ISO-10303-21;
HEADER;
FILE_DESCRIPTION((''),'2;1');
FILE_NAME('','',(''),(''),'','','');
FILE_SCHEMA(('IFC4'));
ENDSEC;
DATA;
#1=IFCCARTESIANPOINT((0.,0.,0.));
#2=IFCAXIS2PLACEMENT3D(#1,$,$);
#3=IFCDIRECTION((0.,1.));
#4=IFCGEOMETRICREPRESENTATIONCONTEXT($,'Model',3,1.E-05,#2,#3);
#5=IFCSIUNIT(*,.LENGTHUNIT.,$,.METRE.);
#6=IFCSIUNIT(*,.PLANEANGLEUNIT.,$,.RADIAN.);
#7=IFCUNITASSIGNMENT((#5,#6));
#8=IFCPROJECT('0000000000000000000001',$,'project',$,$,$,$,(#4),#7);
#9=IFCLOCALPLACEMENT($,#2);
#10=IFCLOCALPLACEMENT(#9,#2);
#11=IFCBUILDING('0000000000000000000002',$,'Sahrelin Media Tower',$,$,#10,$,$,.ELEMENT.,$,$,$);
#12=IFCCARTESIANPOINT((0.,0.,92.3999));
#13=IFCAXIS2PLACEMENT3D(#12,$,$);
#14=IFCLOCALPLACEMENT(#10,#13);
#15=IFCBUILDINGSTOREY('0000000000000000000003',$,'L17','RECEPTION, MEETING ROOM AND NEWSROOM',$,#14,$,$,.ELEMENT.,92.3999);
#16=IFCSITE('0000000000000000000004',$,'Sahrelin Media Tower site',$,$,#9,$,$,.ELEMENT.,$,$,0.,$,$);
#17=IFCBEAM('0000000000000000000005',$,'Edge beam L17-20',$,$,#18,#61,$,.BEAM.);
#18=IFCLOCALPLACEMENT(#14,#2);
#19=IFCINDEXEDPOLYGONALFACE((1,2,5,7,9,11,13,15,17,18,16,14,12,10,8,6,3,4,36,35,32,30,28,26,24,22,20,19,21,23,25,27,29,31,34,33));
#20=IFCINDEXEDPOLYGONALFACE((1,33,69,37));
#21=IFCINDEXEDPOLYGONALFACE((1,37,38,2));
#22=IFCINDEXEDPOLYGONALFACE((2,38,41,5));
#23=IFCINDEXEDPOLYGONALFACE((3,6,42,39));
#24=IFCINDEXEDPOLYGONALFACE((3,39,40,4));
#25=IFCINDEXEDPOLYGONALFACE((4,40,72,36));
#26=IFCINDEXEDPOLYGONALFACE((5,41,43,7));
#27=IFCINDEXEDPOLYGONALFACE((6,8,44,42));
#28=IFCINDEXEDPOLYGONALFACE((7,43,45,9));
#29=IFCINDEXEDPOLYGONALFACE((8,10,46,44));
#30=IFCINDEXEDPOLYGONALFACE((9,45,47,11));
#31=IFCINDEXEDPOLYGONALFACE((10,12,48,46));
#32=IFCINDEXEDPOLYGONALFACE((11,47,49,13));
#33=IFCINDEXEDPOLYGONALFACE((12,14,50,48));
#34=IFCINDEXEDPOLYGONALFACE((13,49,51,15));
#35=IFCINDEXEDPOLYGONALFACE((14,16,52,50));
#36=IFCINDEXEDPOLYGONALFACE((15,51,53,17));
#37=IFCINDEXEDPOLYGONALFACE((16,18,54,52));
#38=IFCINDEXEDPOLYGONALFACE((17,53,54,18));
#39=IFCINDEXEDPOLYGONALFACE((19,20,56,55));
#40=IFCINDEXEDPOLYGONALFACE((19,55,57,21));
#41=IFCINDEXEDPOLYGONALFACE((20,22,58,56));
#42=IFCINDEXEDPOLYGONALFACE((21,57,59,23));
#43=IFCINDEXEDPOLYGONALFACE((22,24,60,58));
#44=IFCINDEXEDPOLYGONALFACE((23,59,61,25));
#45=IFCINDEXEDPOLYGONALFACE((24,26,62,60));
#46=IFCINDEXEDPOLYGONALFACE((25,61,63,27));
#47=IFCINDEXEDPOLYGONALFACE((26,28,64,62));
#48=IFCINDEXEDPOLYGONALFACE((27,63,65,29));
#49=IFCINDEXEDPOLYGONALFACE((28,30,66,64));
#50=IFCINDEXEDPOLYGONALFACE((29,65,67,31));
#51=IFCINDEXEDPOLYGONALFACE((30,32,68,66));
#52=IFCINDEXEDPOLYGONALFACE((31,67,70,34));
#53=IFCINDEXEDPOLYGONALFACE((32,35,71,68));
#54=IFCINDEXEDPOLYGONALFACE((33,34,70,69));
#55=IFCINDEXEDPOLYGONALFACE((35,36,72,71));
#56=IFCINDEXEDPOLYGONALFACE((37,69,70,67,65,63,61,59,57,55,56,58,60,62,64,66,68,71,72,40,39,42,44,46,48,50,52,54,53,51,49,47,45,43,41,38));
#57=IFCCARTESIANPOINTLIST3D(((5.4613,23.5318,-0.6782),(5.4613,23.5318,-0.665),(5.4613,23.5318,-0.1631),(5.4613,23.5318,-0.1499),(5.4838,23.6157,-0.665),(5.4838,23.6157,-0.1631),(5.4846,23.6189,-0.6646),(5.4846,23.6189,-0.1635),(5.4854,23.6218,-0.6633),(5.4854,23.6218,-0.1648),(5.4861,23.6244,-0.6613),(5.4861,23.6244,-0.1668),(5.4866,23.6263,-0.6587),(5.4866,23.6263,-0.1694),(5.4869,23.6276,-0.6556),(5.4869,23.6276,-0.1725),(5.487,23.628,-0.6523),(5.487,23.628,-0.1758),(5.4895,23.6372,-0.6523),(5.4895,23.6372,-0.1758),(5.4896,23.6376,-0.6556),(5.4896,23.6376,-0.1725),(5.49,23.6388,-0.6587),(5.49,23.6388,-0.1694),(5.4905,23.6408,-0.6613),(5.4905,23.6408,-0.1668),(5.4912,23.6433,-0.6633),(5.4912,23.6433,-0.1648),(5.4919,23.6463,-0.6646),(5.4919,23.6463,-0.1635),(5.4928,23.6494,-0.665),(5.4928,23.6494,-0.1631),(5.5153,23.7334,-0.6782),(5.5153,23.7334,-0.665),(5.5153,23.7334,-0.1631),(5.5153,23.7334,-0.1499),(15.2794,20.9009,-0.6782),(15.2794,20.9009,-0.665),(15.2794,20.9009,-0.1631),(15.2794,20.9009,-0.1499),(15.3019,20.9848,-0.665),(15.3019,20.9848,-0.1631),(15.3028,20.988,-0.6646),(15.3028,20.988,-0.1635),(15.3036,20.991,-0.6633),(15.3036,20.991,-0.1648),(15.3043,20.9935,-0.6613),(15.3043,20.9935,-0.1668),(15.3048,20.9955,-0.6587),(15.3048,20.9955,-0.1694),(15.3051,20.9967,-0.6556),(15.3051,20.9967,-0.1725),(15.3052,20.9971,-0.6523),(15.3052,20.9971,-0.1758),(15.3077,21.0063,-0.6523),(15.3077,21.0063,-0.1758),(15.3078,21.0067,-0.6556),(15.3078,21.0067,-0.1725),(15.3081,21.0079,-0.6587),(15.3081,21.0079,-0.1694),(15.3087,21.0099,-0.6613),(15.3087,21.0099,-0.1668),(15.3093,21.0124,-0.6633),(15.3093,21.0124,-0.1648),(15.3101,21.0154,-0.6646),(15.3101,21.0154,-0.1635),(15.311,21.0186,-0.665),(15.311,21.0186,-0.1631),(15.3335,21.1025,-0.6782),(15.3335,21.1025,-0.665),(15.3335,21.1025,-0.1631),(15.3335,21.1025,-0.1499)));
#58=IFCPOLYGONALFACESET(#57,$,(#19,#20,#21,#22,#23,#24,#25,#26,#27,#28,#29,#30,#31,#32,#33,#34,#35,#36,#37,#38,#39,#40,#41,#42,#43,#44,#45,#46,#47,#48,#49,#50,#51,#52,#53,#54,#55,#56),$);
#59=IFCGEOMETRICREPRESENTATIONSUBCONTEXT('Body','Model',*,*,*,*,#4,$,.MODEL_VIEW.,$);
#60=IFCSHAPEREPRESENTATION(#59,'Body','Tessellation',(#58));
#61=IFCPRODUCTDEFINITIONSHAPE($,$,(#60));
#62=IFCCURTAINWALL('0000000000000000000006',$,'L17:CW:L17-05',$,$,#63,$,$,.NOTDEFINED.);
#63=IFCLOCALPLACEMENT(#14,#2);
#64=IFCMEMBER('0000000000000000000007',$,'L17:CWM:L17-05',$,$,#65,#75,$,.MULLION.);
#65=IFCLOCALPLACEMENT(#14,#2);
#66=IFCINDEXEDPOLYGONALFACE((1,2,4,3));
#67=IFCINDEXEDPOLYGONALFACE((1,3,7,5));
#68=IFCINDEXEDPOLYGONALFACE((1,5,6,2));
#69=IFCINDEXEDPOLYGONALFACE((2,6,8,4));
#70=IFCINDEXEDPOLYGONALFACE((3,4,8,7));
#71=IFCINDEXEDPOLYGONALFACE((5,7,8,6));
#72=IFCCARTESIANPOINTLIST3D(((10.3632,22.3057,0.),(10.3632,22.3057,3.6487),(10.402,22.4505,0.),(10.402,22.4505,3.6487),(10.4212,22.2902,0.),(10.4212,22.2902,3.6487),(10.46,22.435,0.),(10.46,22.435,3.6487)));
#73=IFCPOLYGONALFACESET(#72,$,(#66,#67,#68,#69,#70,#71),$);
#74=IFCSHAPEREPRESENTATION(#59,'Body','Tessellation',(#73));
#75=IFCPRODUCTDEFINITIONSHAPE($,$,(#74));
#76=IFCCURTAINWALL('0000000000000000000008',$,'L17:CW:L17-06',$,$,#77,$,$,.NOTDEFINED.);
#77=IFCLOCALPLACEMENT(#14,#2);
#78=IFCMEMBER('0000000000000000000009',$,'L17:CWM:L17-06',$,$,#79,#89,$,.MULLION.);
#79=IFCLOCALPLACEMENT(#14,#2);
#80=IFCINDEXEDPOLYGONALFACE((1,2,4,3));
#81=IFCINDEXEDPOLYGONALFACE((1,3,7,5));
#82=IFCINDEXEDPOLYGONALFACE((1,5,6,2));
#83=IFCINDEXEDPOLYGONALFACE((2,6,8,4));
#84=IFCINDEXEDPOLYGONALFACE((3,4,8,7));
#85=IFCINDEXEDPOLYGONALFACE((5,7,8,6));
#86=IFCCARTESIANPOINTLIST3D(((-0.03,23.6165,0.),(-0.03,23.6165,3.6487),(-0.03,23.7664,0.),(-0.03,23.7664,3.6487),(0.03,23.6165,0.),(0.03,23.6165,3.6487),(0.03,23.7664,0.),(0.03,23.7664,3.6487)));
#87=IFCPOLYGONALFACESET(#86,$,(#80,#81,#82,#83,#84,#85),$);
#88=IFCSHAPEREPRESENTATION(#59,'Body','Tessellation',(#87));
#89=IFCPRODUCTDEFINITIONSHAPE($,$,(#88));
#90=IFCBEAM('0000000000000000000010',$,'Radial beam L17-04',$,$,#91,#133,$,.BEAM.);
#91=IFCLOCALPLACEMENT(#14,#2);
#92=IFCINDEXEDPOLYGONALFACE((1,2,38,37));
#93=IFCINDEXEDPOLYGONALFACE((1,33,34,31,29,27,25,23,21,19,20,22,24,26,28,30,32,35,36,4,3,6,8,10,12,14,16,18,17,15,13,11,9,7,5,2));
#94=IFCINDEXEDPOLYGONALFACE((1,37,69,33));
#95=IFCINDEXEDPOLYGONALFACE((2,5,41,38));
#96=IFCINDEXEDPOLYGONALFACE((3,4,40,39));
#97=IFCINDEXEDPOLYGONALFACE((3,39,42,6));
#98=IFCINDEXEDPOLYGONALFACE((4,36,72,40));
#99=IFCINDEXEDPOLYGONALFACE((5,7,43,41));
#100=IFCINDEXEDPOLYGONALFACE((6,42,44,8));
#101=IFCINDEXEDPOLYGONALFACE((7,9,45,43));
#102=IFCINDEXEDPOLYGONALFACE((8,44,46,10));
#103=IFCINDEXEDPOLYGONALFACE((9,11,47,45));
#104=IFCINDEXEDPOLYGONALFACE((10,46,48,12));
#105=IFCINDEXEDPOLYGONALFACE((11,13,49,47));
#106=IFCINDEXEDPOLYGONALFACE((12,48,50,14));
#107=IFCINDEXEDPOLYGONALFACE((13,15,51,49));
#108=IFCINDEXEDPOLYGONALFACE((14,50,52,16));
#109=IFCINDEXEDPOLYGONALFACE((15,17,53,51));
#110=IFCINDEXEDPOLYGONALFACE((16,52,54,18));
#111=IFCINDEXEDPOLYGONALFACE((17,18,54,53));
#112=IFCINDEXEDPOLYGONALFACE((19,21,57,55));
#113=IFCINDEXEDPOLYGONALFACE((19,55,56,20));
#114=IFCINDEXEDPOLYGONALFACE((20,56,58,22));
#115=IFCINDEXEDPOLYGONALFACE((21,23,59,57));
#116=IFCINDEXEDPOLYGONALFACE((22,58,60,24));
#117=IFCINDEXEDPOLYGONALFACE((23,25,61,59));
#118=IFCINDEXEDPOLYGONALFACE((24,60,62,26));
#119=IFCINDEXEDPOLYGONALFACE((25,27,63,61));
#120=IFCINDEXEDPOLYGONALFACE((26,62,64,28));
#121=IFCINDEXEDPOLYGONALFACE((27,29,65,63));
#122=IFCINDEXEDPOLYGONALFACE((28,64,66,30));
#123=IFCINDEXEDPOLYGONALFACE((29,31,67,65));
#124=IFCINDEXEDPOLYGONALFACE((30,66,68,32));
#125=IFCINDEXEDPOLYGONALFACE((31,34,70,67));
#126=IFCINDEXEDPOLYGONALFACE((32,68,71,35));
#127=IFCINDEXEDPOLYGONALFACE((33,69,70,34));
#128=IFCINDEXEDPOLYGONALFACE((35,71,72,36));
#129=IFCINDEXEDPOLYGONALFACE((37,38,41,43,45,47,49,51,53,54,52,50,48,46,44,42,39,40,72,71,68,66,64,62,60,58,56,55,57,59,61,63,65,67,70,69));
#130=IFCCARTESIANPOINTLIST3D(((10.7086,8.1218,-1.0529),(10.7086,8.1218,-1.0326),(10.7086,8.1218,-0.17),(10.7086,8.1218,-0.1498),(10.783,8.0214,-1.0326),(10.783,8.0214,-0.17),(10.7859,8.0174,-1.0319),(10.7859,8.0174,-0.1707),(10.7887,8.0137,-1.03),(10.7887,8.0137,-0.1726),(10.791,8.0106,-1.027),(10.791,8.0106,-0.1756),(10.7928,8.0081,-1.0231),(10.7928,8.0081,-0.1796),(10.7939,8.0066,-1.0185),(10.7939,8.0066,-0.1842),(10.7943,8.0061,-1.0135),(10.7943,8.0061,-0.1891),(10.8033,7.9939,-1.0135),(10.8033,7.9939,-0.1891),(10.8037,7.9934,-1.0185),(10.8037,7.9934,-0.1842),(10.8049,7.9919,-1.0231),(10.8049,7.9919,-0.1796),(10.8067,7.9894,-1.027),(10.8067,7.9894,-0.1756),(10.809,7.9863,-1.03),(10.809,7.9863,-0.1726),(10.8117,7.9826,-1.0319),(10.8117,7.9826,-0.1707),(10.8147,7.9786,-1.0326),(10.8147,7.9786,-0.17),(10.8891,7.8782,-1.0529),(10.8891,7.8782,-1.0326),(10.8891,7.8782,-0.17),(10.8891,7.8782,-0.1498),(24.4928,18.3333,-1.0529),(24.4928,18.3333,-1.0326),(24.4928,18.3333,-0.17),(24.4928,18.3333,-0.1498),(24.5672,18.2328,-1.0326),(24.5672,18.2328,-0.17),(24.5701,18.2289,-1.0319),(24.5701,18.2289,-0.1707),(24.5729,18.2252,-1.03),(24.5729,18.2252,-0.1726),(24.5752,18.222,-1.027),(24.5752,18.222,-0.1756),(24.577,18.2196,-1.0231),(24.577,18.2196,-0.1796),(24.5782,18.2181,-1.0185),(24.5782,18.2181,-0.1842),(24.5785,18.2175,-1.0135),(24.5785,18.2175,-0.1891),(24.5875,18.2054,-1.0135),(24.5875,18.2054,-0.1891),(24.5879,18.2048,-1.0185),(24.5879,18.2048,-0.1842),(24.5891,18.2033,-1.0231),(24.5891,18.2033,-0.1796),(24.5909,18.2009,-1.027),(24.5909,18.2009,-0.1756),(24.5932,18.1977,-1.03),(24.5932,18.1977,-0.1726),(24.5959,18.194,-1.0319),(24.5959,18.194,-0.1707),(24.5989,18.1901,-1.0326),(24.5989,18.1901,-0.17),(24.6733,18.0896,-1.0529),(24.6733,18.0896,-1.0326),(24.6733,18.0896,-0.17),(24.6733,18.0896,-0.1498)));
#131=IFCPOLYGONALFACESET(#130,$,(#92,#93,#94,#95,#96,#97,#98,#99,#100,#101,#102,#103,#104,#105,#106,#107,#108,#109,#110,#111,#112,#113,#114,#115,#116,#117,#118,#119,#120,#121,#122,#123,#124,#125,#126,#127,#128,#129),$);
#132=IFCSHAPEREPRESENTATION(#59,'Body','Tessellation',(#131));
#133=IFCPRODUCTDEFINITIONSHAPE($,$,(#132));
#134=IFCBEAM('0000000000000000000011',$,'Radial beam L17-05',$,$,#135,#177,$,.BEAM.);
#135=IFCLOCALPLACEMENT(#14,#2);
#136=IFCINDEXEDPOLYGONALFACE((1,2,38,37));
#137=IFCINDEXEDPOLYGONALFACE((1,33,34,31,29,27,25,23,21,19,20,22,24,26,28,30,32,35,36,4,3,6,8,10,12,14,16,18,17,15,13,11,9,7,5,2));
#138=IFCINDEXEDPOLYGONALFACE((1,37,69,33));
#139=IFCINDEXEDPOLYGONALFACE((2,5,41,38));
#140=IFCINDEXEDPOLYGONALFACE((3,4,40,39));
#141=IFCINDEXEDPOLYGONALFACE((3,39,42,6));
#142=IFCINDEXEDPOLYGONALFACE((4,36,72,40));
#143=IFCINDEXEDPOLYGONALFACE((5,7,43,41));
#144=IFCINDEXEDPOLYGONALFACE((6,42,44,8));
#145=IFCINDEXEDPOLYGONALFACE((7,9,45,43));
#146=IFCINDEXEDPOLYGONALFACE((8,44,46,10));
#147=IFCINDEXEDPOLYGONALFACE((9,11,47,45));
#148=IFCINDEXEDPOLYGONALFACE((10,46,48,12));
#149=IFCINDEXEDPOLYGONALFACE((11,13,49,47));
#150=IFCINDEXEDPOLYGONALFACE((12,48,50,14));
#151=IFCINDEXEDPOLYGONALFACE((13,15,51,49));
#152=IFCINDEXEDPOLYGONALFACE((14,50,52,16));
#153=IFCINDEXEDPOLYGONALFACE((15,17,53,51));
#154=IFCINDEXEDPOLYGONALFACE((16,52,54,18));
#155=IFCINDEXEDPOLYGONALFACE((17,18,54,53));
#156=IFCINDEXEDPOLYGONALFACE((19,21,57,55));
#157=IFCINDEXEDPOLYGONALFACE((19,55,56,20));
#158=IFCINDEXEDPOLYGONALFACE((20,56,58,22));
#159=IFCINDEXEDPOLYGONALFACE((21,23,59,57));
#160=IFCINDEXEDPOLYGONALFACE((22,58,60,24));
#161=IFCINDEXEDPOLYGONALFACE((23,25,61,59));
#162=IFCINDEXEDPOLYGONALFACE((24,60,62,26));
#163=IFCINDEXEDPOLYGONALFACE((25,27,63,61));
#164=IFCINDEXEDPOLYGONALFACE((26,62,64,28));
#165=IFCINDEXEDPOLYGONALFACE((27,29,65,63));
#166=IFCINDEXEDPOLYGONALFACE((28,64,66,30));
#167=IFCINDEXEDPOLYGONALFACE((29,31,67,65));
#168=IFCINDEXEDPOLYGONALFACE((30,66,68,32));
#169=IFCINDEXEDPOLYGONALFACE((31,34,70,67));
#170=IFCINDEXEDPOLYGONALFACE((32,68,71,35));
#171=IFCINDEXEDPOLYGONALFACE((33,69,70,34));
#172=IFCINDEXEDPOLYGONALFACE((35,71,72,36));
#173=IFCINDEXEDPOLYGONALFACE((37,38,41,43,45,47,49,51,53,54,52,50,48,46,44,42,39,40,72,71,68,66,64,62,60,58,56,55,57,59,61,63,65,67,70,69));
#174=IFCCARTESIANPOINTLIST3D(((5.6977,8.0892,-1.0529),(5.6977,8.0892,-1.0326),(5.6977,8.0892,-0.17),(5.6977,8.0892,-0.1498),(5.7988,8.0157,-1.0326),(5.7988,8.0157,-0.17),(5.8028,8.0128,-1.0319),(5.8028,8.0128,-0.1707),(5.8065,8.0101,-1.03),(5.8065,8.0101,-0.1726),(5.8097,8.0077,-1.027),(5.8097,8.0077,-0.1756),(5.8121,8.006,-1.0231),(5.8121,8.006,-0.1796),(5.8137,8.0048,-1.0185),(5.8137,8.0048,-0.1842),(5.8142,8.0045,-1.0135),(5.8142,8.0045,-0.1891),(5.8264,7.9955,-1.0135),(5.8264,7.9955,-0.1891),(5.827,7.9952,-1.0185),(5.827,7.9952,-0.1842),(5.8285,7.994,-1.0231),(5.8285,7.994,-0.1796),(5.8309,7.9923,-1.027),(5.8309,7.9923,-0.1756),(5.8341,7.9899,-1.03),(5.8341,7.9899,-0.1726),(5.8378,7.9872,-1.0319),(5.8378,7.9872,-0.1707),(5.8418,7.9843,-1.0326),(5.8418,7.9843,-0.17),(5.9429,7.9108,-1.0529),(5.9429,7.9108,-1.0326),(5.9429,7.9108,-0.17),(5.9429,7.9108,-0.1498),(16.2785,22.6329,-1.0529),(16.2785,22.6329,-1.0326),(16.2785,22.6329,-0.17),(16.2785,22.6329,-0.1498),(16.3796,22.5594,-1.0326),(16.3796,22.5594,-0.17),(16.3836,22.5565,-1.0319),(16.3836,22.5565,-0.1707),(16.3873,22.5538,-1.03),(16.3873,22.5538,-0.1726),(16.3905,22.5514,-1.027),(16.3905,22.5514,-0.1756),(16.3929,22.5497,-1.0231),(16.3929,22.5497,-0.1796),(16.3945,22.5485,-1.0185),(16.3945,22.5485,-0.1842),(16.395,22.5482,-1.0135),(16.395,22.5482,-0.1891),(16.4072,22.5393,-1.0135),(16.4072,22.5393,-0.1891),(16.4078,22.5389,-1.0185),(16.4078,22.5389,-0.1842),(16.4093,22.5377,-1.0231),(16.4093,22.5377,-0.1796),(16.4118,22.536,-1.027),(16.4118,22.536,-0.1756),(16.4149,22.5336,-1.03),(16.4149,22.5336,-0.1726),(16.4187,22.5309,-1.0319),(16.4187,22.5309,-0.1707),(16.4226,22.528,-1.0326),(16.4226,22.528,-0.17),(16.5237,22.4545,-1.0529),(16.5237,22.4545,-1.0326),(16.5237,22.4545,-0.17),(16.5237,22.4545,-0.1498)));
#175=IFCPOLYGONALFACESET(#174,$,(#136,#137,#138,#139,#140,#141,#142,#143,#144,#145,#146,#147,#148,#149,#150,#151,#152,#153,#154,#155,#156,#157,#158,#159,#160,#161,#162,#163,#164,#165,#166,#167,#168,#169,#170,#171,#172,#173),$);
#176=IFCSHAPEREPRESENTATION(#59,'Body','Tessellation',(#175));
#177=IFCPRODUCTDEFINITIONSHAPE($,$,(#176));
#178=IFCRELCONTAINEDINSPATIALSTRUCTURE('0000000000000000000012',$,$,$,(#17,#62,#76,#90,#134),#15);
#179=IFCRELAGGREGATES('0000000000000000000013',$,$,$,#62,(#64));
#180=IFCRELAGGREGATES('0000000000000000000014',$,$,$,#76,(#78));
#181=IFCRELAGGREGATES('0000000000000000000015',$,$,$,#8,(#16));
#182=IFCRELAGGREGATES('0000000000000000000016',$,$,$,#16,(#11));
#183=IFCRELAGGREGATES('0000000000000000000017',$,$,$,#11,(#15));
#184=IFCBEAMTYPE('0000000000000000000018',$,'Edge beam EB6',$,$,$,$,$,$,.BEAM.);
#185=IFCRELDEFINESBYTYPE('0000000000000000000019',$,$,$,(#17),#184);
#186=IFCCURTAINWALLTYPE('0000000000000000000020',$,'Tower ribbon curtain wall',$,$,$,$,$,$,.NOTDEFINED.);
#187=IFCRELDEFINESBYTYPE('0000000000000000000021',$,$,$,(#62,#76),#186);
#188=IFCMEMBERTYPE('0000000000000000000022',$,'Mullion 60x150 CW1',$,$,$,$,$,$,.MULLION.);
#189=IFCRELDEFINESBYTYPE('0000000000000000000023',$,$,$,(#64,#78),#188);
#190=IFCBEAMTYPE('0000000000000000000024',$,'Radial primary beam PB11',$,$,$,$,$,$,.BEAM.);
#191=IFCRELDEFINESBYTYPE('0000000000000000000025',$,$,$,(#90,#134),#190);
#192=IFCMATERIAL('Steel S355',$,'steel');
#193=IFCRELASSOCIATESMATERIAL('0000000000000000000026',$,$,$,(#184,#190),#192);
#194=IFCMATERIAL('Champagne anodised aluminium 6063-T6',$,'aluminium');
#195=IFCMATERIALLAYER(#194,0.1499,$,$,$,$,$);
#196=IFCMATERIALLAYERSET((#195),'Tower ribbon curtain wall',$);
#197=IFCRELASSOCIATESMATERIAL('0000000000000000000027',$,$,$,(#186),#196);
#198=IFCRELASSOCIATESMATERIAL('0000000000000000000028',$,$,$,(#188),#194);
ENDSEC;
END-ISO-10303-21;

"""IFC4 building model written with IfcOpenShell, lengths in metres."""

from ifc_helpers import new_model, si_unit, direction, frame, origin, origin_2d, place, context, subcontext, project, spatial, rectangle, i_section, extrude, material, layer, layer_set, material_profile, profile_set, type_object, element, aggregate, save


model = new_model("IFC4")

# Units and contexts
model_context = context("Model", 3, precision=1e-05, world=origin(), true_north=direction((0.0, 1.0)))
body_context = subcontext(model_context, "Body", "Model", "MODEL_VIEW")
ifc_project = project(units=[si_unit("LENGTHUNIT", "METRE"), si_unit("PLANEANGLEUNIT", "RADIAN")], contexts=[model_context])

# Site, building, storey
site_placement = place(None, origin())
site = spatial("IfcSite", under=ifc_project, at=site_placement, Name="Sahrelin Media Tower site", CompositionType="ELEMENT", RefElevation=0.0)
building_placement = place(site_placement, origin())
building = spatial("IfcBuilding", under=site, at=building_placement, Name="Sahrelin Media Tower", CompositionType="ELEMENT")
storey_placement = place(building_placement, frame((0.0, 0.0, 92.3999)))
storey = spatial("IfcBuildingStorey", under=building, at=storey_placement, Name="L17", Description="RECEPTION, MEETING ROOM AND NEWSROOM", CompositionType="ELEMENT", Elevation=92.3999)

# Beam
ifc_material_1 = material(Name="Steel S355", Category="steel")
ifc_material_profile_1 = material_profile(ifc_material_1, i_section(OverallWidth=0.2087, OverallDepth=0.5283, WebThickness=0.0095, FlangeThickness=0.0132, FilletRadius=0.0127, at=origin_2d()), Name="UB 533x210x82")
ifc_profile_set_1 = profile_set([ifc_material_profile_1], Name="Steel S355")
beam_type_1 = type_object("IfcBeamType", Name="Edge beam EB6", PredefinedType="BEAM", material=ifc_profile_set_1)
beam_1_placement = place(storey_placement, frame((5.4883, 23.6326, -0.4141), z_axis=(0.965923, -0.258829, 0.0), x_axis=(0.258829, 0.965923, 0.0)))
element("IfcBeam", 1, at=beam_1_placement, inside=storey, type_object=beam_type_1, Name="Edge beam L17-20", PredefinedType="BEAM", context=body_context, shape_type="SweptSolid", body=[
    extrude(i_section(OverallWidth=0.2087, OverallDepth=0.5283, WebThickness=0.0095, FlangeThickness=0.0132, FilletRadius=0.0127, at=origin_2d()), origin(), (0.0, 0.0, 1.0), 10.1646),
])

# Curtain walls, members
ifc_material_2 = material(Name="Champagne anodised aluminium 6063-T6", Category="aluminium")
ifc_layer_1 = layer(ifc_material_2, 0.1499)
ifc_layer_set_1 = layer_set([ifc_layer_1], Name="Tower ribbon curtain wall")
curtain_wall_type = type_object("IfcCurtainWallType", Name="Tower ribbon curtain wall", PredefinedType="NOTDEFINED", material=ifc_layer_set_1)
curtain_wall_1_placement = place(storey_placement, frame((10.4363, 22.4619, 0.0), z_axis=(0.0, 0.0, 1.0), x_axis=(1.0, 0.0, 0.0)))
curtain_wall_1 = element("IfcCurtainWall", 2, at=curtain_wall_1_placement, inside=storey, type_object=curtain_wall_type, Name="L17:CW:L17-05", PredefinedType="NOTDEFINED")
ifc_material_profile_2 = material_profile(ifc_material_2, rectangle(XDim=0.0601, YDim=0.1499, at=origin_2d()), Name="Mullion 60x150")
ifc_profile_set_2 = profile_set([ifc_material_profile_2], Name="Champagne anodised aluminium 6063-T6")
member_type_1 = type_object("IfcMemberType", Name="Mullion 60x150 CW1", PredefinedType="MULLION", material=ifc_profile_set_2)
member_1_placement = place(storey_placement, frame((10.4116, 22.3704, 0.0), z_axis=(0.0, 0.0, 1.0), x_axis=(-0.965926, 0.258817, 0.0)))
member_1 = element("IfcMember", 3, at=member_1_placement, type_object=member_type_1, Name="L17:CWM:L17-05", PredefinedType="MULLION", context=body_context, shape_type="SweptSolid", body=[
    extrude(rectangle(XDim=0.0601, YDim=0.1499, at=origin_2d()), origin(), (0.0, 0.0, 1.0), 3.6487),
])
aggregate(curtain_wall_1, [member_1])
placement_1 = place(storey_placement, frame((0.0, 23.7864, 0.0), z_axis=(0.0, 0.0, 1.0), x_axis=(1.0, 0.0, 0.0)))
curtain_wall_2 = element("IfcCurtainWall", 4, at=placement_1, inside=storey, type_object=curtain_wall_type, Name="L17:CW:L17-06", PredefinedType="NOTDEFINED")
member_2_placement = place(storey_placement, frame((0.0, 23.6914, 0.0), z_axis=(0.0, 0.0, 1.0), x_axis=(-1.0, 0.0, 0.0)))
member_2 = element("IfcMember", 5, at=member_2_placement, type_object=member_type_1, Name="L17:CWM:L17-06", PredefinedType="MULLION", context=body_context, shape_type="SweptSolid", body=[
    extrude(rectangle(XDim=0.0601, YDim=0.1499, at=origin_2d()), origin(), (0.0, 0.0, 1.0), 3.6487),
])

# Beams
ifc_material_profile_3 = material_profile(ifc_material_1, i_section(OverallWidth=0.3032, OverallDepth=0.9031, WebThickness=0.0151, FlangeThickness=0.0203, FilletRadius=0.019, at=origin_2d()), Name="UB 914x305x201")
ifc_profile_set_3 = profile_set([ifc_material_profile_3], Name="Steel S355")
beam_type_2 = type_object("IfcBeamType", Name="Radial primary beam PB11", PredefinedType="BEAM", material=ifc_profile_set_3)
beam_2_placement = place(storey_placement, frame((10.7988, 8.0, -0.6013), z_axis=(0.803531, 0.595262, 0.0), x_axis=(-0.595262, 0.803531, 0.0)))
element("IfcBeam", 6, at=beam_2_placement, inside=storey, type_object=beam_type_2, Name="Radial beam L17-04", PredefinedType="BEAM", context=body_context, shape_type="SweptSolid", body=[
    extrude(i_section(OverallWidth=0.3032, OverallDepth=0.9031, WebThickness=0.0151, FlangeThickness=0.0203, FilletRadius=0.019, at=origin_2d()), origin(), (0.0, 0.0, 1.0), 17.1545),
])
beam_3_placement = place(storey_placement, frame((5.8203, 8.0, -0.6013), z_axis=(0.588302, 0.808642, 0.0), x_axis=(-0.808642, 0.588302, 0.0)))
element("IfcBeam", 7, at=beam_3_placement, inside=storey, type_object=beam_type_2, Name="Radial beam L17-05", PredefinedType="BEAM", context=body_context, shape_type="SweptSolid", body=[
    extrude(i_section(OverallWidth=0.3032, OverallDepth=0.9031, WebThickness=0.0151, FlangeThickness=0.0203, FilletRadius=0.019, at=origin_2d()), origin(), (0.0, 0.0, 1.0), 17.9854),
])

aggregate(curtain_wall_2, [member_2])

save(model, "model.ifc")
